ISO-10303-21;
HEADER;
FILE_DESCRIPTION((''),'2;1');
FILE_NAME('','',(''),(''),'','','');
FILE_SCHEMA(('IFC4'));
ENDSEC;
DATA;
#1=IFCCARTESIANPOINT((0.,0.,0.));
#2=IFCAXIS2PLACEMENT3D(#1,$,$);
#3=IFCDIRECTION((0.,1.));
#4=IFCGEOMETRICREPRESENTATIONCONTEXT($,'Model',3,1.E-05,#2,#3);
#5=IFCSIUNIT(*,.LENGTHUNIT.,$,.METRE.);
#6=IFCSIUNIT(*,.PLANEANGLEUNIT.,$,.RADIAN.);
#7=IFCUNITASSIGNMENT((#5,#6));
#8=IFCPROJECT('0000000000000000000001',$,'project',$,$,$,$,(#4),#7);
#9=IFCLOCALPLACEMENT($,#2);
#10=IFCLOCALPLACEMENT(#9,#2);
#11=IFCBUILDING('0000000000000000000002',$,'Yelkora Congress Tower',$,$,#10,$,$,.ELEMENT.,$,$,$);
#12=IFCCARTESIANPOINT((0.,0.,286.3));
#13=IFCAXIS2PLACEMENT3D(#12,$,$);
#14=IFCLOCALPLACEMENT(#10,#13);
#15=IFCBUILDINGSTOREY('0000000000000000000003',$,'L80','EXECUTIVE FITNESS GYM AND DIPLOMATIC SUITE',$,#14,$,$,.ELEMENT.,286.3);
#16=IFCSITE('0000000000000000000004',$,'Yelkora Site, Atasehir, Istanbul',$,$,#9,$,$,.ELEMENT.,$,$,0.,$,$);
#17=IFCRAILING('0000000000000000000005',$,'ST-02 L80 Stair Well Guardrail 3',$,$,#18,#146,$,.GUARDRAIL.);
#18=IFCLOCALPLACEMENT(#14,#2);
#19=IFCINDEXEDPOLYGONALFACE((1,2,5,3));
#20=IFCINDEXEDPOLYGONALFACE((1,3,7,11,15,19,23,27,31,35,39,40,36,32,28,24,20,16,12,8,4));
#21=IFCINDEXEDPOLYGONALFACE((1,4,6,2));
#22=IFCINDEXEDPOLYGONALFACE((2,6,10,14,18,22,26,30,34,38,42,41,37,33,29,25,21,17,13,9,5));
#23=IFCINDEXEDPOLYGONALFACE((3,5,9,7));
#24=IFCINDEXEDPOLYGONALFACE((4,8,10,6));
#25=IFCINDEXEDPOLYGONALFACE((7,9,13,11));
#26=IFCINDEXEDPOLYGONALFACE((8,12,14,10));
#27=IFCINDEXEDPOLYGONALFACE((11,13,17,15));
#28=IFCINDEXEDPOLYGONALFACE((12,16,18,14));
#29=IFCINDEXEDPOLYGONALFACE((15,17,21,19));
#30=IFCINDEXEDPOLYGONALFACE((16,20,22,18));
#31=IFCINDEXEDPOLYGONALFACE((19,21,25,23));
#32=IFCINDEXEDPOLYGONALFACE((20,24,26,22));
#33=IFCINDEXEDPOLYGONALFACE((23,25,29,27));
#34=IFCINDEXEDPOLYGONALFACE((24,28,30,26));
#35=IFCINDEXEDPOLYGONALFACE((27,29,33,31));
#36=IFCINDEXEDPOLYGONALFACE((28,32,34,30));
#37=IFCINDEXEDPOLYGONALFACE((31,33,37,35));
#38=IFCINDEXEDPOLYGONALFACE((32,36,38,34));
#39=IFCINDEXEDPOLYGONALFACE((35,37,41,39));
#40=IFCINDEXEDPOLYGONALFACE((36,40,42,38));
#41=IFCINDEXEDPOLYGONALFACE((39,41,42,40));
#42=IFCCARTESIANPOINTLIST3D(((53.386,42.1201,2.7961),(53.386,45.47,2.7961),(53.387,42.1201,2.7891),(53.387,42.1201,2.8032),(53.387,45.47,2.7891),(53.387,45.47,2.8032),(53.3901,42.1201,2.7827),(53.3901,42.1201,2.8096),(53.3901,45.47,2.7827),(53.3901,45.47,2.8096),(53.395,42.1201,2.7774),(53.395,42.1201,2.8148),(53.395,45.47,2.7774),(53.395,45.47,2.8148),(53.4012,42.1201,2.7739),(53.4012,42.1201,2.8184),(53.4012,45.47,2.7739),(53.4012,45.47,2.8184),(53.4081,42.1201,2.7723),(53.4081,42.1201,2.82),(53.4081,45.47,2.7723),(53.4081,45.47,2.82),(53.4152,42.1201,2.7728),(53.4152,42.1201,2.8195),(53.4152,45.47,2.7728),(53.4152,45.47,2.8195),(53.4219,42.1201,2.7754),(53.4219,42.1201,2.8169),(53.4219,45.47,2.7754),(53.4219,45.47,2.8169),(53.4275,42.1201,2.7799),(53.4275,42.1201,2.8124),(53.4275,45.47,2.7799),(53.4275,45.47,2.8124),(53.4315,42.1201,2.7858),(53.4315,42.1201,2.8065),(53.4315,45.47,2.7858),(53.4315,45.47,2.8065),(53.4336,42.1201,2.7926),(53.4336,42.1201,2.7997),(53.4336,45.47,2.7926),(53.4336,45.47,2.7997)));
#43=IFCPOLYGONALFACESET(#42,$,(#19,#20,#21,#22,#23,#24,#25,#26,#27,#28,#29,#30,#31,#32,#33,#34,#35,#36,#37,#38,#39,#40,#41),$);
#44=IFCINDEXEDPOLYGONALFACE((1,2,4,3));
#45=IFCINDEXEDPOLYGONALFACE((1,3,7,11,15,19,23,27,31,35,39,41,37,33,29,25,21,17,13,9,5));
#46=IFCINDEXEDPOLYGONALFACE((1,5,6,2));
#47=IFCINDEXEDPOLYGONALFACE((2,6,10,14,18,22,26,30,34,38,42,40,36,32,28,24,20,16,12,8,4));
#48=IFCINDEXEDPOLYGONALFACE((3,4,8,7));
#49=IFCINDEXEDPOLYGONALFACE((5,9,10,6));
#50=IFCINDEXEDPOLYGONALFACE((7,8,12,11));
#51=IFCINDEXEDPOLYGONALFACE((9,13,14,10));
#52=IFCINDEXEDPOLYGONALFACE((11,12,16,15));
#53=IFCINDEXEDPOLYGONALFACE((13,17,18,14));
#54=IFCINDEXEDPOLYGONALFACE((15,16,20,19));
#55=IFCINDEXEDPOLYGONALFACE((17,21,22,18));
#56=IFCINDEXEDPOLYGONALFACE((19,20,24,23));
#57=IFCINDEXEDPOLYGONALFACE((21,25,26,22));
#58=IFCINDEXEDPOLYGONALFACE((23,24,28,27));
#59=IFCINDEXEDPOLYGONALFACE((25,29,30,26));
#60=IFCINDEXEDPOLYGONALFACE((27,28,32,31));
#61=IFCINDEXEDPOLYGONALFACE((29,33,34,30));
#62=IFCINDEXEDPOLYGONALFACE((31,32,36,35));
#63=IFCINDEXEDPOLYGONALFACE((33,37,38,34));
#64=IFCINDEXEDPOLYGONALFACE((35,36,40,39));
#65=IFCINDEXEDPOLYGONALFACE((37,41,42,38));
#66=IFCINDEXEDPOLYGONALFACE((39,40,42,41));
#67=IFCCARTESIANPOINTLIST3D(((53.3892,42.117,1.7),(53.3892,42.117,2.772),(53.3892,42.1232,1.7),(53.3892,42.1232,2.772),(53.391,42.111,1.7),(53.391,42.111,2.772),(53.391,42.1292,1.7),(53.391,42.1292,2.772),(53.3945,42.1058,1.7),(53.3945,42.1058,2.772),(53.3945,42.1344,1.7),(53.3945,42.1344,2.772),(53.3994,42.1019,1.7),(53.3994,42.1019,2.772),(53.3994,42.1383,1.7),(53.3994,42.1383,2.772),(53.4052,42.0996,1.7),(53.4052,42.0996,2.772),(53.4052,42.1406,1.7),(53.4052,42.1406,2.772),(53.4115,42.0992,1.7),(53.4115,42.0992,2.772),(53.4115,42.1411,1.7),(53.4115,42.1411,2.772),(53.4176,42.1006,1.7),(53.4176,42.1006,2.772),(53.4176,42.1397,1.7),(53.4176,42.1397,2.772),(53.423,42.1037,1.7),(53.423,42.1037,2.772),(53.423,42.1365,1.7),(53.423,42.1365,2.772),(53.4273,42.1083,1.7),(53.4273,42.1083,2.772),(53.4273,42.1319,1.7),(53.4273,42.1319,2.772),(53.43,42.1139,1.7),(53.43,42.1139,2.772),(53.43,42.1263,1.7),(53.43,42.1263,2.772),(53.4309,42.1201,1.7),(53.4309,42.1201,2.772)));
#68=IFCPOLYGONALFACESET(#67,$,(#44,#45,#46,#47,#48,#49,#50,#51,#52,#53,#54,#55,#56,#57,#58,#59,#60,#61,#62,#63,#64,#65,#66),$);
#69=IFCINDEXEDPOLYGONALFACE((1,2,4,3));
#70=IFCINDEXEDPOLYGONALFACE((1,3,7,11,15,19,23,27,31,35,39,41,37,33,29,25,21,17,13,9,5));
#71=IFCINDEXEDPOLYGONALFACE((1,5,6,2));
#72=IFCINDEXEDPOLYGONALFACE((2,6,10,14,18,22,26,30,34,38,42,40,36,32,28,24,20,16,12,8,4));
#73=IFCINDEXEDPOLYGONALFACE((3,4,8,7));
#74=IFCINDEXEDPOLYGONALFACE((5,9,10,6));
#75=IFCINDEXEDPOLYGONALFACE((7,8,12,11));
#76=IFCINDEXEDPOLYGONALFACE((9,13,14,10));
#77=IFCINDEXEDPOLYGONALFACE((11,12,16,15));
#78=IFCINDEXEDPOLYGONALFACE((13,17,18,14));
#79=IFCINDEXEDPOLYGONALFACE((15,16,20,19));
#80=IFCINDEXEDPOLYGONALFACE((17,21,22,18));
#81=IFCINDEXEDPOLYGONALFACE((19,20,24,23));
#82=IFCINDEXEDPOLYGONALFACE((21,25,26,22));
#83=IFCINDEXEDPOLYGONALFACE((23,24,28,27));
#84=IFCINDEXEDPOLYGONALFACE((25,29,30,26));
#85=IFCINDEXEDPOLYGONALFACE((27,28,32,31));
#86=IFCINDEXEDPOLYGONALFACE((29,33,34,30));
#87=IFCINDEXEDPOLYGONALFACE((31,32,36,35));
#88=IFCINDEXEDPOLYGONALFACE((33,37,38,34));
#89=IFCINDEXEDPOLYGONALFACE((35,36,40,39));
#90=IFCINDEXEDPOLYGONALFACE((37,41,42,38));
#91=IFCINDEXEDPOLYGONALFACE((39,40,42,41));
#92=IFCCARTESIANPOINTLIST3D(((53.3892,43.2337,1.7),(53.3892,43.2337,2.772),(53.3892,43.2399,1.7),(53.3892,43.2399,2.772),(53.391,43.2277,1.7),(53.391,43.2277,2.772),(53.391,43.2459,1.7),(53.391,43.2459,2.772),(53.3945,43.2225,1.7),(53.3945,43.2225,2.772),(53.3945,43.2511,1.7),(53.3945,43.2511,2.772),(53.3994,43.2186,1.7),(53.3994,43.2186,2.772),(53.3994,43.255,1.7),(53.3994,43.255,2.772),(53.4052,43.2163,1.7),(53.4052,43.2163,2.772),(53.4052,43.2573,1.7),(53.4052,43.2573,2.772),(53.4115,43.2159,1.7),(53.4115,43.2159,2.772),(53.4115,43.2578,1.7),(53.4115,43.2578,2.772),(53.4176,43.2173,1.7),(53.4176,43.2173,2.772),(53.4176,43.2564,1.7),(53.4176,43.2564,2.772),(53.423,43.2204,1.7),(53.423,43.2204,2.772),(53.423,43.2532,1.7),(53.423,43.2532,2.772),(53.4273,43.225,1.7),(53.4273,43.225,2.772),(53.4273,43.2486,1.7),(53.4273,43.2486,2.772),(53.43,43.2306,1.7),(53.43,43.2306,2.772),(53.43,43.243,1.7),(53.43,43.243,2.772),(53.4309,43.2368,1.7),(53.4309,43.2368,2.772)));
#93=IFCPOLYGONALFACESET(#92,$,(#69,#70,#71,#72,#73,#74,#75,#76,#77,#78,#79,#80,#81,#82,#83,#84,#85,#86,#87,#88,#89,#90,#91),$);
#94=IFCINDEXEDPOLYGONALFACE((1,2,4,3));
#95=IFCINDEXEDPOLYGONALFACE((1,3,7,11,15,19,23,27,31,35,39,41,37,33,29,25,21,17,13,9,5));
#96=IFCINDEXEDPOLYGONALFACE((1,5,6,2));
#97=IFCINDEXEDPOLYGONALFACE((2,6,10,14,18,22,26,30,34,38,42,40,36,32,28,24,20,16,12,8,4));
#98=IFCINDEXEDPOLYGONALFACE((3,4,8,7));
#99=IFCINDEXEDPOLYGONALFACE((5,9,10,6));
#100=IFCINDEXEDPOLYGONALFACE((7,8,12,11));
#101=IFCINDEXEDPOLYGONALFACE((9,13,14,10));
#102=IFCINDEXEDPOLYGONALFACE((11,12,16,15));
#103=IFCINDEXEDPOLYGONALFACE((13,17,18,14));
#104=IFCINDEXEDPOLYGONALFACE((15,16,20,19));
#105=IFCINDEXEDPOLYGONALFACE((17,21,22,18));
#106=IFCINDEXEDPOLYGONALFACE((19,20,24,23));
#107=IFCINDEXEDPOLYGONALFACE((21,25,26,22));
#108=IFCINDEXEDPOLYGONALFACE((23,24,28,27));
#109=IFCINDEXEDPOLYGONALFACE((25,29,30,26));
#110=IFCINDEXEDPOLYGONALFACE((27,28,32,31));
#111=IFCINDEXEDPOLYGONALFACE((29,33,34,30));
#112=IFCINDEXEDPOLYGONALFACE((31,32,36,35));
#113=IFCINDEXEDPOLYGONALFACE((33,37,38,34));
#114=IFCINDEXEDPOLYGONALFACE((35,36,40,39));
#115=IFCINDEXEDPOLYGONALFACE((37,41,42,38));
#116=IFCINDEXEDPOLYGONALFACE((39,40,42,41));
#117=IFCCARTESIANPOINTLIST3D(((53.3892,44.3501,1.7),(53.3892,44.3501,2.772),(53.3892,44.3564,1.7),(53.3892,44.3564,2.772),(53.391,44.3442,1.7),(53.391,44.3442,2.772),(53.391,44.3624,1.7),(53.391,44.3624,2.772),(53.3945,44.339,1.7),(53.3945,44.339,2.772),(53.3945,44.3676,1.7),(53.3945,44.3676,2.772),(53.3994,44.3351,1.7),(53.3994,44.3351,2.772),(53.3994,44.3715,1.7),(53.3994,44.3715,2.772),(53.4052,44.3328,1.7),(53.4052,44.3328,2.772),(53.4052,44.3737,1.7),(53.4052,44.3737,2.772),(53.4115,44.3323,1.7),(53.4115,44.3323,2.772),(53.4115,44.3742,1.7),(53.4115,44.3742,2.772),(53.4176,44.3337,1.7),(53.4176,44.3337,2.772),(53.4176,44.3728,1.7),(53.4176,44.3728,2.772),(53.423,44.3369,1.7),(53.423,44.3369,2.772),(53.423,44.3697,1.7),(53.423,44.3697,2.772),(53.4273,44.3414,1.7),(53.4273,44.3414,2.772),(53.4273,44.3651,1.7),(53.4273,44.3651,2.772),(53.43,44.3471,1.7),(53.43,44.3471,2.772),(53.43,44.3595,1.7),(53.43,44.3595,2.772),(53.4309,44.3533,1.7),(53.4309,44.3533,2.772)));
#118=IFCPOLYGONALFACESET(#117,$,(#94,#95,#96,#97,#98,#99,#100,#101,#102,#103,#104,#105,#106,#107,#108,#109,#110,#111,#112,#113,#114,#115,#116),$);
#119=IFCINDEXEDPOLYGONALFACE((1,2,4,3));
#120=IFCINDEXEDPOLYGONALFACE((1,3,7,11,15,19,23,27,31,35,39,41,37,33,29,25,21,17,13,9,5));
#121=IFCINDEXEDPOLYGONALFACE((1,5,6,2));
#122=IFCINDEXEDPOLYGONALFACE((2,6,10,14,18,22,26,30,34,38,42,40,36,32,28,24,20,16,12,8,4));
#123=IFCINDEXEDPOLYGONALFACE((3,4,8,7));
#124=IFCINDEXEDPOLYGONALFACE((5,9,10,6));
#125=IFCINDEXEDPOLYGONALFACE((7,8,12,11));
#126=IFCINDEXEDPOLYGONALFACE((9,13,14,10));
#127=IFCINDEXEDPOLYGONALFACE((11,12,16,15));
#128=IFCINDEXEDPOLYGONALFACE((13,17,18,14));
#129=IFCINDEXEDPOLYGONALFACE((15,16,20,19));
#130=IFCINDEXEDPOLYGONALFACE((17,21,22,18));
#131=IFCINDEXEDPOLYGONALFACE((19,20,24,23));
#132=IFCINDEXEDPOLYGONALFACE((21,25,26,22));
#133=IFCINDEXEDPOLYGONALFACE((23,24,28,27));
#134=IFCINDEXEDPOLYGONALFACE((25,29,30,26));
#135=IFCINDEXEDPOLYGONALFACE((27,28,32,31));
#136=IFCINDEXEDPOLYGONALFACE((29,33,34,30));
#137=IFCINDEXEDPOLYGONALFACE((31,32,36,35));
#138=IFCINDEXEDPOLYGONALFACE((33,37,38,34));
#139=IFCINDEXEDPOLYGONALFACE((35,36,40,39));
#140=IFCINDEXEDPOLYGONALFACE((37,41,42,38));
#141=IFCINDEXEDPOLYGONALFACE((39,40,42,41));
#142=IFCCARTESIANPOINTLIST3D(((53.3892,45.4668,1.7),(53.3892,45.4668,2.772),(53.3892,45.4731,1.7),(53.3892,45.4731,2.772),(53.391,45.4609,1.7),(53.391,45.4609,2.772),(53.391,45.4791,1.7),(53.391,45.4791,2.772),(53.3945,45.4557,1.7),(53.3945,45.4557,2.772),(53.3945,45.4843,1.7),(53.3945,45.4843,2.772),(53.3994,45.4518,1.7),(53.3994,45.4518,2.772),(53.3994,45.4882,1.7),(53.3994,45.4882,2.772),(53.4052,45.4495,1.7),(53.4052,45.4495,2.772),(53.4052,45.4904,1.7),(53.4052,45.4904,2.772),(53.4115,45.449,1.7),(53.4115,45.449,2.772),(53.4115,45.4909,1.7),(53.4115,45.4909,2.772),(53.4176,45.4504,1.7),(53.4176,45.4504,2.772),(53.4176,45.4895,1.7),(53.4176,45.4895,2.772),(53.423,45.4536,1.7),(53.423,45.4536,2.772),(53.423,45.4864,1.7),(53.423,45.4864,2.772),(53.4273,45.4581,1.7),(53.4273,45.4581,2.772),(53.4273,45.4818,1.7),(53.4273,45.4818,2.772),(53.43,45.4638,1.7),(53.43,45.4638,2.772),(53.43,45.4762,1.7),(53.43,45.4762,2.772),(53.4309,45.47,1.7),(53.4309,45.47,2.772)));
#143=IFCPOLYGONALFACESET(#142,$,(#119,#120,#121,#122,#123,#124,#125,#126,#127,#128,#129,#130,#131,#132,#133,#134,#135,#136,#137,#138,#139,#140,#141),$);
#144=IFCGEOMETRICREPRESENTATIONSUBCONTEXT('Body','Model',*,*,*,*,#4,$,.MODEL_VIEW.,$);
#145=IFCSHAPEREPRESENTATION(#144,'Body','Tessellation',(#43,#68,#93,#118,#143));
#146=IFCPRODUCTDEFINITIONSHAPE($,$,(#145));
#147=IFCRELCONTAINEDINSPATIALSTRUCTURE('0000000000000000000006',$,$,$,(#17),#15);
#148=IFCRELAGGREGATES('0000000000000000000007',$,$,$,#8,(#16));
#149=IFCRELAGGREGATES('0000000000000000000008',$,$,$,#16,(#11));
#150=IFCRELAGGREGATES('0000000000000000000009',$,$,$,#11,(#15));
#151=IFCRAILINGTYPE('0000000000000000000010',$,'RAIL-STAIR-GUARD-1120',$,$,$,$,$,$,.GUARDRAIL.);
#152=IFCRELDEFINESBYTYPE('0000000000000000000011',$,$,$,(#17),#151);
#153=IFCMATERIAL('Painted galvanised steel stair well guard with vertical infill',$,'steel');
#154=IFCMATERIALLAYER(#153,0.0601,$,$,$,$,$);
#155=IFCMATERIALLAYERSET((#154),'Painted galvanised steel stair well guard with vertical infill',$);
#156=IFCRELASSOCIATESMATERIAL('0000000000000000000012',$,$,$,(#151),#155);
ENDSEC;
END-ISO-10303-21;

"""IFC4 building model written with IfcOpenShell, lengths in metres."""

from ifc_helpers import new_model, si_unit, direction, frame, origin, origin_2d, place, context, subcontext, project, spatial, circle, extrude, material, layer, layer_set, type_object, element, save


model = new_model("IFC4")

# Units and contexts
model_context = context("Model", 3, precision=1e-05, world=origin(), true_north=direction((0.0, 1.0)))
body_context = subcontext(model_context, "Body", "Model", "MODEL_VIEW")
ifc_project = project(units=[si_unit("LENGTHUNIT", "METRE"), si_unit("PLANEANGLEUNIT", "RADIAN")], contexts=[model_context])

# Site, building, storey
site_placement = place(None, origin())
site = spatial("IfcSite", under=ifc_project, at=site_placement, Name="Yelkora Site, Atasehir, Istanbul", CompositionType="ELEMENT", RefElevation=0.0)
building_placement = place(site_placement, origin())
building = spatial("IfcBuilding", under=site, at=building_placement, Name="Yelkora Congress Tower", CompositionType="ELEMENT")
storey_placement = place(building_placement, frame((0.0, 0.0, 286.3)))
storey = spatial("IfcBuildingStorey", under=building, at=storey_placement, Name="L80", Description="EXECUTIVE FITNESS GYM AND DIPLOMATIC SUITE", CompositionType="ELEMENT", Elevation=286.3)

# Railing
ifc_material_1 = material(Name="Painted galvanised steel stair well guard with vertical infill", Category="steel")
ifc_layer_1 = layer(ifc_material_1, 0.0601)
ifc_layer_set_1 = layer_set([ifc_layer_1], Name="Painted galvanised steel stair well guard with vertical infill")
railing_type = type_object("IfcRailingType", Name="RAIL-STAIR-GUARD-1120", PredefinedType="GUARDRAIL", material=ifc_layer_set_1)
railing_1_placement = place(storey_placement, frame((53.4099, 42.1201, 1.7)))
element("IfcRailing", 1, at=railing_1_placement, inside=storey, type_object=railing_type, Name="ST-02 L80 Stair Well Guardrail 3", PredefinedType="GUARDRAIL", context=body_context, shape_type="SweptSolid", body=[
    extrude(circle(Radius=0.0239, at=origin_2d()), frame((0.0, 0.0, 1.0962), z_axis=(0.0, 1.0, 0.0), x_axis=(-1.0, 0.0, 0.0)), (0.0, 0.0, 1.0), 3.3499),
    extrude(circle(Radius=0.021, at=origin_2d()), origin(), (0.0, 0.0, 1.0), 1.072),
    extrude(circle(Radius=0.021, at=origin_2d()), frame((0.0, 1.1167, 0.0)), (0.0, 0.0, 1.0), 1.072),
    extrude(circle(Radius=0.021, at=origin_2d()), frame((0.0, 2.2332, 0.0)), (0.0, 0.0, 1.0), 1.072),
    extrude(circle(Radius=0.021, at=origin_2d()), frame((0.0, 3.3499, 0.0)), (0.0, 0.0, 1.0), 1.072),
])

save(model, "model.ifc")
